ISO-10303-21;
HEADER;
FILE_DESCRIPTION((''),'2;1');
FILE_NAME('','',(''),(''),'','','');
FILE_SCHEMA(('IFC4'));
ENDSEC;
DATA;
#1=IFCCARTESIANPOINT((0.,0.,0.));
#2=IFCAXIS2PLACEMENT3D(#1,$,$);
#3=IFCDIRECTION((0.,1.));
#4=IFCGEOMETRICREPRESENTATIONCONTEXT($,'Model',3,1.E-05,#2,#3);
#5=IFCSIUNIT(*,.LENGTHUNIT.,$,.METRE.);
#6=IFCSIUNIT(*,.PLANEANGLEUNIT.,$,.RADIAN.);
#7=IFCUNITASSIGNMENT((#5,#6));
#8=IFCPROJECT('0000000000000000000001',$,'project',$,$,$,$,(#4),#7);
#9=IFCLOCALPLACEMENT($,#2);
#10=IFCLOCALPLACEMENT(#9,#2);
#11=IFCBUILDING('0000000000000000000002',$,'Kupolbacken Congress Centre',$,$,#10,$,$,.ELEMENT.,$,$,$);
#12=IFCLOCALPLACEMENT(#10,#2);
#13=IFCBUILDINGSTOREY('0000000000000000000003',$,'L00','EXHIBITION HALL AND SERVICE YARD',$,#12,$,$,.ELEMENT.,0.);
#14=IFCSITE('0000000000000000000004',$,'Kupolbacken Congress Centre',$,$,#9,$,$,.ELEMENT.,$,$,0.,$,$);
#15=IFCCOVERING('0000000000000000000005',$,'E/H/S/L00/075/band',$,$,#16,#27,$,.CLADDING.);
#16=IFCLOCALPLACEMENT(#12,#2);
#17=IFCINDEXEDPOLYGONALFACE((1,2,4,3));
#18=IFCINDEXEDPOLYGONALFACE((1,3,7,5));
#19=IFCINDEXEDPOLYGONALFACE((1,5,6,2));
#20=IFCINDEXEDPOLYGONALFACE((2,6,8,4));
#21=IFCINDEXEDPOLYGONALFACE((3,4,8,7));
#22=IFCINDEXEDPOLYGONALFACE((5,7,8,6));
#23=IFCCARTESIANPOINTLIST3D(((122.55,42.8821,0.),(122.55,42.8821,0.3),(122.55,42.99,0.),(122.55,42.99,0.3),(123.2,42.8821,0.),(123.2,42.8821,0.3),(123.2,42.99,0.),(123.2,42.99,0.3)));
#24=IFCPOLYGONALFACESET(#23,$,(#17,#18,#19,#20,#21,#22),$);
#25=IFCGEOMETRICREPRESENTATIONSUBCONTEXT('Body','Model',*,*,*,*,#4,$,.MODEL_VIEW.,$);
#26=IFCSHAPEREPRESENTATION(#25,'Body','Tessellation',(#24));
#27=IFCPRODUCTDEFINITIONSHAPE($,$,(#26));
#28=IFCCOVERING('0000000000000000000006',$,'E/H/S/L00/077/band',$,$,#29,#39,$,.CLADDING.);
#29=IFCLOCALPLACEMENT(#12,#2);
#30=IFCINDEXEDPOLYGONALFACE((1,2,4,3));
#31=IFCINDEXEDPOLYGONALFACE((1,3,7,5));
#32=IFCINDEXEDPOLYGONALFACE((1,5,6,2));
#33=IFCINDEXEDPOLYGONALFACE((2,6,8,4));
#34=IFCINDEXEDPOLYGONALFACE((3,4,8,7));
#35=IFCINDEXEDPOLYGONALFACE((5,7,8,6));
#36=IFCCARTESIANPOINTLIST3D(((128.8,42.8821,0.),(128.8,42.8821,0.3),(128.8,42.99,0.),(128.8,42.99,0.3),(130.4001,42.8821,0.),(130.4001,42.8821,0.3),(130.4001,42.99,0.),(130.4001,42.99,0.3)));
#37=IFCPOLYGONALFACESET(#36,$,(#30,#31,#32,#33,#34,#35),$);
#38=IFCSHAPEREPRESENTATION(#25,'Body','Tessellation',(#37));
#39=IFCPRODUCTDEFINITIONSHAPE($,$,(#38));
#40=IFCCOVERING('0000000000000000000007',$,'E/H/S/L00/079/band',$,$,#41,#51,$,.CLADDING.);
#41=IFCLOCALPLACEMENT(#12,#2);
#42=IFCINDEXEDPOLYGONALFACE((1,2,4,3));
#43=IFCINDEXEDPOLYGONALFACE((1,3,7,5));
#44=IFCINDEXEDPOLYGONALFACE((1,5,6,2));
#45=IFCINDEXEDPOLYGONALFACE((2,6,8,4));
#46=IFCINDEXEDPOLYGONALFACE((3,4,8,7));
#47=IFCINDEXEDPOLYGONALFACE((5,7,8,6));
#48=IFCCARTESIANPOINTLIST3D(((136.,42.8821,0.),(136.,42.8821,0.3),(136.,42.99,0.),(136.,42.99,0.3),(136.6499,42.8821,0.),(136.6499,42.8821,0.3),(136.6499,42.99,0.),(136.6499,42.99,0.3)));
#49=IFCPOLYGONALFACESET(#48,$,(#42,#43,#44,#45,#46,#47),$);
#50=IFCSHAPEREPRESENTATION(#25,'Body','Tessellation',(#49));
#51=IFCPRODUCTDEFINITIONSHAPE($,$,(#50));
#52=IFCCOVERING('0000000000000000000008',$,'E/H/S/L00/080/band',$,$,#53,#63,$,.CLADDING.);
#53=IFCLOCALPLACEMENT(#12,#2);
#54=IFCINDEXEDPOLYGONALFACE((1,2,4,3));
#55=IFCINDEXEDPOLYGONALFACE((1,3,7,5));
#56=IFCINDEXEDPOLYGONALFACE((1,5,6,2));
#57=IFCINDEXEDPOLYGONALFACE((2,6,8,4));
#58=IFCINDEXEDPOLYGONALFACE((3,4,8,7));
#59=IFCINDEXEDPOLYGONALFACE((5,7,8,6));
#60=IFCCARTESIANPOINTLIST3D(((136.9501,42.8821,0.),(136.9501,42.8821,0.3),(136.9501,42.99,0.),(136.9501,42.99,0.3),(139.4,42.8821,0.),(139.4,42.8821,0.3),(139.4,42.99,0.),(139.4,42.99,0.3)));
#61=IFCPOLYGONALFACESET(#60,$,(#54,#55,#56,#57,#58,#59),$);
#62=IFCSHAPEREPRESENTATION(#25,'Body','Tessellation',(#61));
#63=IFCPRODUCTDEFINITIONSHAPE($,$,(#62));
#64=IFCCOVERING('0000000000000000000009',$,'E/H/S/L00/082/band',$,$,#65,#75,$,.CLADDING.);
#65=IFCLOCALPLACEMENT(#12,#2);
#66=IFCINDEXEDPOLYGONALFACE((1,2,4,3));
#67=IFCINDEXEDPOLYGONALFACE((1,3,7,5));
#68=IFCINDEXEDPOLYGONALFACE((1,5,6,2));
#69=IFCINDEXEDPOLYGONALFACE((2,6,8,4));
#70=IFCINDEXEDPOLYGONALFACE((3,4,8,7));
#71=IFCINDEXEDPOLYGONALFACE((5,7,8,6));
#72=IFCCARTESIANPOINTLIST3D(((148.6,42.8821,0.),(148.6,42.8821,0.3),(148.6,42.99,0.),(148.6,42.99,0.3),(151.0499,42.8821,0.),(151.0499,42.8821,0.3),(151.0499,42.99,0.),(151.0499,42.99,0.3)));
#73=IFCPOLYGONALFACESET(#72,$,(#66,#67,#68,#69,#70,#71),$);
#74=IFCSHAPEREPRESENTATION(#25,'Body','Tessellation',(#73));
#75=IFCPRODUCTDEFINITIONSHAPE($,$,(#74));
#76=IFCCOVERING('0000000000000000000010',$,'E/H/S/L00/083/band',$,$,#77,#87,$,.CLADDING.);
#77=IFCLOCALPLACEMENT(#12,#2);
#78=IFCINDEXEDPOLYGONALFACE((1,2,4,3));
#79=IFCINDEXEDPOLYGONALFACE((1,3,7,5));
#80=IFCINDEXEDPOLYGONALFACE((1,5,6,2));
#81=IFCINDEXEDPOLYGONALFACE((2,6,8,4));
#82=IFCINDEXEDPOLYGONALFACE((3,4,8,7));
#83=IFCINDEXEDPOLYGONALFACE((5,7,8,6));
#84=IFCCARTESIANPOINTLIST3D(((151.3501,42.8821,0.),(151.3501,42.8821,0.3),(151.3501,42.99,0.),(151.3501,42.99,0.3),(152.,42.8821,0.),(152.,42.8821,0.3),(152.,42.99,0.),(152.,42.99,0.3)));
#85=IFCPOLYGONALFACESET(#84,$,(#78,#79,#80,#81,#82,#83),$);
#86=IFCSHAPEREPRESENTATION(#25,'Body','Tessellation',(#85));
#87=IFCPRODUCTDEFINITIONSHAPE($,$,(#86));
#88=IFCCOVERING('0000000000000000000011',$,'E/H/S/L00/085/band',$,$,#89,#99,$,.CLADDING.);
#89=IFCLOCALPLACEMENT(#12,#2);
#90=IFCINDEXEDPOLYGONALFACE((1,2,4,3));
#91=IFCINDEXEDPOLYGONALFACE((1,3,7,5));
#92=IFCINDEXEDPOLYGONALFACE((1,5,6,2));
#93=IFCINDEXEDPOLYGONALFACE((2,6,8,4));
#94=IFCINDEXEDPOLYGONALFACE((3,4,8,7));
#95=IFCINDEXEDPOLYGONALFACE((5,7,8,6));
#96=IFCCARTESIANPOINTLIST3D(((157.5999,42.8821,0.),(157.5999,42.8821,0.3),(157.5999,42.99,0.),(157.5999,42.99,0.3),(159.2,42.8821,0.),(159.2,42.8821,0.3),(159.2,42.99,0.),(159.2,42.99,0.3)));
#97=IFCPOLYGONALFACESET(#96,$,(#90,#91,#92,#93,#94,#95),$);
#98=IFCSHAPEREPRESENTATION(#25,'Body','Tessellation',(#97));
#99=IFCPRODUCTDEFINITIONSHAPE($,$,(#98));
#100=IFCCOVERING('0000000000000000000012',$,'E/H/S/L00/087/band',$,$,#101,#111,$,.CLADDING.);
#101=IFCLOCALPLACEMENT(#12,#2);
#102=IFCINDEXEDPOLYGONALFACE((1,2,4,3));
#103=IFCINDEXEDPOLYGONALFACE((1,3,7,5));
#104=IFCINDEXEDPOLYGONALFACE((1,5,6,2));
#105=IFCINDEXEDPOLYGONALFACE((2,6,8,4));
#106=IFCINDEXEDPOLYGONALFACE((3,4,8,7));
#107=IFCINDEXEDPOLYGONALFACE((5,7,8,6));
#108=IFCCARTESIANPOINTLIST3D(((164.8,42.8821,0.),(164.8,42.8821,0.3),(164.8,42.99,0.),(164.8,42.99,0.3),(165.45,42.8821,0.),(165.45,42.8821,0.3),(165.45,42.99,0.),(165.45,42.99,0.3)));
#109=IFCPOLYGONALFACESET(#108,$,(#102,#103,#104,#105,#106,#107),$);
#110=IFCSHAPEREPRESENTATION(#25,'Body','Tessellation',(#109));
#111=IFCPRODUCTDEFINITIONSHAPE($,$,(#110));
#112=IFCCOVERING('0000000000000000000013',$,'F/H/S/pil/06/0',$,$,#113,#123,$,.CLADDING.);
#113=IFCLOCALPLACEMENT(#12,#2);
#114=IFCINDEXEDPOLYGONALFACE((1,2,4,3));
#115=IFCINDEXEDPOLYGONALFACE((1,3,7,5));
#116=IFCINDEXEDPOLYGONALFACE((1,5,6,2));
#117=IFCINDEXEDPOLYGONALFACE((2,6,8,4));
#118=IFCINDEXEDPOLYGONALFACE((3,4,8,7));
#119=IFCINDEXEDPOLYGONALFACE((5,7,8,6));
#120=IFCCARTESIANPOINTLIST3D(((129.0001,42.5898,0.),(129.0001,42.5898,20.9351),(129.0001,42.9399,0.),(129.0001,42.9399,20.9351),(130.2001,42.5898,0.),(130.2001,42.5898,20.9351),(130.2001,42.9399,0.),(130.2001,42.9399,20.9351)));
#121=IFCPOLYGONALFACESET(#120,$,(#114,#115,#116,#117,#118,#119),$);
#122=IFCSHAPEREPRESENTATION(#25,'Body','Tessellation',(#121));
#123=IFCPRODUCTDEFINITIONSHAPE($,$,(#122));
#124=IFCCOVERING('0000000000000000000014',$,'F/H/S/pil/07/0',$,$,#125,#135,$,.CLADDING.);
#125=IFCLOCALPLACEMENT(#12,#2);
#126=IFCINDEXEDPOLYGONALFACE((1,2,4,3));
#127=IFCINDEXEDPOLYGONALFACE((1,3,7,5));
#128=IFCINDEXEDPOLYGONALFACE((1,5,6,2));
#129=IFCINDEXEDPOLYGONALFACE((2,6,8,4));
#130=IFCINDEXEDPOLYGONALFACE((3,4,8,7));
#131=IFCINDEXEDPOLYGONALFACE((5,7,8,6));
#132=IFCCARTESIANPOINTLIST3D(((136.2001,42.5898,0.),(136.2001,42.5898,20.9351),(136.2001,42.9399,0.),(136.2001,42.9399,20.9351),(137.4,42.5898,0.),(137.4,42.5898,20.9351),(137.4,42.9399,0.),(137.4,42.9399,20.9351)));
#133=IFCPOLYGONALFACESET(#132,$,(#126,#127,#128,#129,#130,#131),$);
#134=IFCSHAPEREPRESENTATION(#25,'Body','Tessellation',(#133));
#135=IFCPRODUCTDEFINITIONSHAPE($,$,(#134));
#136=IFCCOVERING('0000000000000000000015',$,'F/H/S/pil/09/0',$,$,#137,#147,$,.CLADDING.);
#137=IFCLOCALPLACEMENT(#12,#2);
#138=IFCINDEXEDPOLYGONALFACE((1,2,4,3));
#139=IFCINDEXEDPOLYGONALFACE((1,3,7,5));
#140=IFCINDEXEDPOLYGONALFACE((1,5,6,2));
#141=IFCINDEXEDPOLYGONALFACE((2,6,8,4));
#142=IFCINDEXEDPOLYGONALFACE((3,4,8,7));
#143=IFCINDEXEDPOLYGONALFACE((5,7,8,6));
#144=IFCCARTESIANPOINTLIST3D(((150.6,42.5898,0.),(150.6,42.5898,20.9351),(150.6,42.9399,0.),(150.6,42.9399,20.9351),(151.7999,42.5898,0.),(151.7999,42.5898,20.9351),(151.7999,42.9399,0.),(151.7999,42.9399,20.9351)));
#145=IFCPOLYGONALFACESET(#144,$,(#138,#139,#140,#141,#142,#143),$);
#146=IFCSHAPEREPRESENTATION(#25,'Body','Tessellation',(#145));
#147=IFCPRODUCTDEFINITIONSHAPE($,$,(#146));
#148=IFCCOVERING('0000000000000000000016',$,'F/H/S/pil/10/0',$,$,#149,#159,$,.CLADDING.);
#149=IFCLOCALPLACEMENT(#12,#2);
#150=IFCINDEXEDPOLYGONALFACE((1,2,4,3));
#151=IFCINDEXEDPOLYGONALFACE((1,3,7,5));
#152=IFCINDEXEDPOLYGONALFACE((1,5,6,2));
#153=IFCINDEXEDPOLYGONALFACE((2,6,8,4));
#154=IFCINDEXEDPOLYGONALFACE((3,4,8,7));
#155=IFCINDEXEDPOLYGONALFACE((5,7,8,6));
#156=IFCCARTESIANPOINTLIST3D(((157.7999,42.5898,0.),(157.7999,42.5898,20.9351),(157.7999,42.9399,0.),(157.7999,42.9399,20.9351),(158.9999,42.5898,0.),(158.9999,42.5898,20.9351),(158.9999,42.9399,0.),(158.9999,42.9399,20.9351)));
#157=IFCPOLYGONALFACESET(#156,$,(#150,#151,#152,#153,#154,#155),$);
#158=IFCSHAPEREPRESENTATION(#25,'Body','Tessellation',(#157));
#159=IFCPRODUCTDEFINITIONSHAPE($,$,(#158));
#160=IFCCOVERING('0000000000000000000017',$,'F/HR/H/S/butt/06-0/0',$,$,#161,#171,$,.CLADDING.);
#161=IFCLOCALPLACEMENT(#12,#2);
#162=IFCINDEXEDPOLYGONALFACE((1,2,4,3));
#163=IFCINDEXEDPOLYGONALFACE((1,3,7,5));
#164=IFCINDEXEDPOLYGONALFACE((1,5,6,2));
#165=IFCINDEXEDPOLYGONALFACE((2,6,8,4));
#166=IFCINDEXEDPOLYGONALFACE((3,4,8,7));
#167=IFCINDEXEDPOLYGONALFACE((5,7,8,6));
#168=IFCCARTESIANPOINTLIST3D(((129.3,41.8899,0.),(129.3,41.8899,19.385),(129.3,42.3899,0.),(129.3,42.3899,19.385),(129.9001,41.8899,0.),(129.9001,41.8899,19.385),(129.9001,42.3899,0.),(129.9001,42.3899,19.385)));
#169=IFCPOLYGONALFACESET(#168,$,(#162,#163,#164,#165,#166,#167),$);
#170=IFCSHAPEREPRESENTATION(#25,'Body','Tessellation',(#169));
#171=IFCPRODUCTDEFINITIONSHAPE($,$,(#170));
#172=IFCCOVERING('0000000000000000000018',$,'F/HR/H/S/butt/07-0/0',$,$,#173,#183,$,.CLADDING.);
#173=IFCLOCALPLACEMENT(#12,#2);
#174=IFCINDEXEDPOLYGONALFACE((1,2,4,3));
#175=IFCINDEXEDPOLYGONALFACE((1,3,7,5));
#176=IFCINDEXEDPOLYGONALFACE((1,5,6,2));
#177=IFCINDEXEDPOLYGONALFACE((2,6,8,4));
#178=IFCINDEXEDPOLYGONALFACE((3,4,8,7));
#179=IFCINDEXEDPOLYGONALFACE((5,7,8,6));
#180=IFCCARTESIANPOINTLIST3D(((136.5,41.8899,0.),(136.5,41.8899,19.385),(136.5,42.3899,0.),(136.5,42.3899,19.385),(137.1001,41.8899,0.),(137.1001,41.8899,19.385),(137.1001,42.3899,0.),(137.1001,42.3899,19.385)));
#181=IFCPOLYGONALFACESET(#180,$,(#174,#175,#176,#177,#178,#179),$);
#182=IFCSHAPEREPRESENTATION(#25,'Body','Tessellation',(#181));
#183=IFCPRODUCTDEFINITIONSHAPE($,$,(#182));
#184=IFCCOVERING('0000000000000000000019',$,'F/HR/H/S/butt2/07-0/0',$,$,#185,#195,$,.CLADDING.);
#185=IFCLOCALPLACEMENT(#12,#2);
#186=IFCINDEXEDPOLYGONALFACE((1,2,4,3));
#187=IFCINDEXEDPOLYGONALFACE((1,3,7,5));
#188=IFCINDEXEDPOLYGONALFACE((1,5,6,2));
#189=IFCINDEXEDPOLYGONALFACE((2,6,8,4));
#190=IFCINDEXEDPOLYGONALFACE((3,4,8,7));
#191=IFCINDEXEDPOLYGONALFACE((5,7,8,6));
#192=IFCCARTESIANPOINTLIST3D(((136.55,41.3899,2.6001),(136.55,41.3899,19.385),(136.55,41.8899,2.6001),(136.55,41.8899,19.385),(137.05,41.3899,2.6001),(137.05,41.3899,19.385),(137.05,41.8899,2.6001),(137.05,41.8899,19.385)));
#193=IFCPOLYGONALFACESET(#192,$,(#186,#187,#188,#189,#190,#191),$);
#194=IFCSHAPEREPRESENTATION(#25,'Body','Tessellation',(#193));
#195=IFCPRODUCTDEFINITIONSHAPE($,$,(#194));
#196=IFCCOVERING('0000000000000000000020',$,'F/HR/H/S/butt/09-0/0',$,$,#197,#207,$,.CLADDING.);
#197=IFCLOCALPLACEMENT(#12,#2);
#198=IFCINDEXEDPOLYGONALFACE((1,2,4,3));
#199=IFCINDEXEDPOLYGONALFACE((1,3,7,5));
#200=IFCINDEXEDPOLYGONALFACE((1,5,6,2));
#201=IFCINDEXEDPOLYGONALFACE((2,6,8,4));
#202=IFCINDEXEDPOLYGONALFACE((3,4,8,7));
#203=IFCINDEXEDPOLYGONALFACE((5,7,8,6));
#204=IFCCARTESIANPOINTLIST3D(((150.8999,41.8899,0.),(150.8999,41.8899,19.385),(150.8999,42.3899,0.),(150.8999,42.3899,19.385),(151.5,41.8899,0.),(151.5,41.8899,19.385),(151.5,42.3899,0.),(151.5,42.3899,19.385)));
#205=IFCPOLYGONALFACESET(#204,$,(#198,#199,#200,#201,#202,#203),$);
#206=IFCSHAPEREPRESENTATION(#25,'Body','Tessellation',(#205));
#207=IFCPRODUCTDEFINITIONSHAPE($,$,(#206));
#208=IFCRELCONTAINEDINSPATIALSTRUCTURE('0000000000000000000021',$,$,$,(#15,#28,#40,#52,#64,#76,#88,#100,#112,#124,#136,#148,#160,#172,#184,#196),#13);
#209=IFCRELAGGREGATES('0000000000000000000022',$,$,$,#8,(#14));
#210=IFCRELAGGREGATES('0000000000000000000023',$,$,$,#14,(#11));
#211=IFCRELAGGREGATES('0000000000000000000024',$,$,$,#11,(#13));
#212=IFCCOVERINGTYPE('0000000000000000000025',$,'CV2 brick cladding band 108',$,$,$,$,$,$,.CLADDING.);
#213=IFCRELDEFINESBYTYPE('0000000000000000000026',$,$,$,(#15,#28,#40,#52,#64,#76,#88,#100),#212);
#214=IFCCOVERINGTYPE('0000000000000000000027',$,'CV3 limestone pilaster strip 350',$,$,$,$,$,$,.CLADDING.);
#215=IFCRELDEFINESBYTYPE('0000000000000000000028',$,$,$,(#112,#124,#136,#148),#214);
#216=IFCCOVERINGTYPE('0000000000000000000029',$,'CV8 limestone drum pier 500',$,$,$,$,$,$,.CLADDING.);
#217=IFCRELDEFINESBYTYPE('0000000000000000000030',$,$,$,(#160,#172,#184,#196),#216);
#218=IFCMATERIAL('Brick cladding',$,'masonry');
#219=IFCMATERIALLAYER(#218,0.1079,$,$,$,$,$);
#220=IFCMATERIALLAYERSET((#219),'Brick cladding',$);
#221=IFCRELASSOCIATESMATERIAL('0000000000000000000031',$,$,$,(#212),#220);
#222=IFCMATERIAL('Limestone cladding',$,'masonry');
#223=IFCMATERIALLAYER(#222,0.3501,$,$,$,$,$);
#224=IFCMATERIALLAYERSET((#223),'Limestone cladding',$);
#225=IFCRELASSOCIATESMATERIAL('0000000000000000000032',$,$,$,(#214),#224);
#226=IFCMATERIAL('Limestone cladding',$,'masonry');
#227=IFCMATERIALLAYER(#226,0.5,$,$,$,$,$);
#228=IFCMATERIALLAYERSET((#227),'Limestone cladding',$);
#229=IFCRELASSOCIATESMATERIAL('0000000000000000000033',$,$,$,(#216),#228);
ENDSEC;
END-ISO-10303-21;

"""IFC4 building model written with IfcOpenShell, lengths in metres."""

from ifc_helpers import new_model, si_unit, direction, frame, origin, origin_2d, place, context, subcontext, project, spatial, rectangle, extrude, material, layer, layer_set, type_object, element, save


model = new_model("IFC4")

# Units and contexts
model_context = context("Model", 3, precision=1e-05, world=origin(), true_north=direction((0.0, 1.0)))
body_context = subcontext(model_context, "Body", "Model", "MODEL_VIEW")
ifc_project = project(units=[si_unit("LENGTHUNIT", "METRE"), si_unit("PLANEANGLEUNIT", "RADIAN")], contexts=[model_context])

# Site, building, storey
site_placement = place(None, origin())
site = spatial("IfcSite", under=ifc_project, at=site_placement, Name="Kupolbacken Congress Centre", CompositionType="ELEMENT", RefElevation=0.0)
building_placement = place(site_placement, origin())
building = spatial("IfcBuilding", under=site, at=building_placement, Name="Kupolbacken Congress Centre", CompositionType="ELEMENT")
storey_placement = place(building_placement, origin())
storey = spatial("IfcBuildingStorey", under=building, at=storey_placement, Name="L00", Description="EXHIBITION HALL AND SERVICE YARD", CompositionType="ELEMENT", Elevation=0.0)

# Coverings
ifc_material_1 = material(Name="Brick cladding", Category="masonry")
ifc_layer_1 = layer(ifc_material_1, 0.1079)
ifc_layer_set_1 = layer_set([ifc_layer_1], Name="Brick cladding")
covering_type_1 = type_object("IfcCoveringType", Name="CV2 brick cladding band 108", PredefinedType="CLADDING", material=ifc_layer_set_1)
covering_1_placement = place(storey_placement, frame((122.875, 42.936, 0.0), z_axis=(0.0, 0.0, 1.0), x_axis=(1.0, 0.0, 0.0)))
element("IfcCovering", 1, at=covering_1_placement, inside=storey, type_object=covering_type_1, Name="E/H/S/L00/075/band", PredefinedType="CLADDING", context=body_context, shape_type="SweptSolid", body=[
    extrude(rectangle(XDim=0.6499, YDim=0.1079, at=origin_2d()), origin(), (0.0, 0.0, 1.0), 0.3),
])
covering_2_placement = place(storey_placement, frame((129.6001, 42.936, 0.0), z_axis=(0.0, 0.0, 1.0), x_axis=(1.0, 0.0, 0.0)))
element("IfcCovering", 2, at=covering_2_placement, inside=storey, type_object=covering_type_1, Name="E/H/S/L00/077/band", PredefinedType="CLADDING", context=body_context, shape_type="SweptSolid", body=[
    extrude(rectangle(XDim=1.6001, YDim=0.1079, at=origin_2d()), origin(), (0.0, 0.0, 1.0), 0.3),
])
covering_3_placement = place(storey_placement, frame((136.325, 42.936, 0.0), z_axis=(0.0, 0.0, 1.0), x_axis=(1.0, 0.0, 0.0)))
element("IfcCovering", 3, at=covering_3_placement, inside=storey, type_object=covering_type_1, Name="E/H/S/L00/079/band", PredefinedType="CLADDING", context=body_context, shape_type="SweptSolid", body=[
    extrude(rectangle(XDim=0.6499, YDim=0.1079, at=origin_2d()), origin(), (0.0, 0.0, 1.0), 0.3),
])
for number, where, z_axis, x_axis, name in (
    (4, (138.175, 42.936, 0.0), (0.0, 0.0, 1.0), (1.0, 0.0, 0.0), "E/H/S/L00/080/band"),
    (5, (149.825, 42.936, 0.0), (0.0, 0.0, 1.0), (1.0, 0.0, 0.0), "E/H/S/L00/082/band"),
):
    element("IfcCovering", number, at=place(storey_placement, frame(where, z_axis=z_axis, x_axis=x_axis)), inside=storey, type_object=covering_type_1, Name=name, PredefinedType="CLADDING", context=body_context, shape_type="SweptSolid", body=[
        extrude(rectangle(XDim=2.45, YDim=0.1079, at=origin_2d()), origin(), (0.0, 0.0, 1.0), 0.3),
    ])
covering_4_placement = place(storey_placement, frame((151.675, 42.936, 0.0), z_axis=(0.0, 0.0, 1.0), x_axis=(1.0, 0.0, 0.0)))
element("IfcCovering", 6, at=covering_4_placement, inside=storey, type_object=covering_type_1, Name="E/H/S/L00/083/band", PredefinedType="CLADDING", context=body_context, shape_type="SweptSolid", body=[
    extrude(rectangle(XDim=0.6499, YDim=0.1079, at=origin_2d()), origin(), (0.0, 0.0, 1.0), 0.3),
])
covering_5_placement = place(storey_placement, frame((158.3999, 42.936, 0.0), z_axis=(0.0, 0.0, 1.0), x_axis=(1.0, 0.0, 0.0)))
element("IfcCovering", 7, at=covering_5_placement, inside=storey, type_object=covering_type_1, Name="E/H/S/L00/085/band", PredefinedType="CLADDING", context=body_context, shape_type="SweptSolid", body=[
    extrude(rectangle(XDim=1.6001, YDim=0.1079, at=origin_2d()), origin(), (0.0, 0.0, 1.0), 0.3),
])
covering_6_placement = place(storey_placement, frame((165.125, 42.936, 0.0), z_axis=(0.0, 0.0, 1.0), x_axis=(1.0, 0.0, 0.0)))
element("IfcCovering", 8, at=covering_6_placement, inside=storey, type_object=covering_type_1, Name="E/H/S/L00/087/band", PredefinedType="CLADDING", context=body_context, shape_type="SweptSolid", body=[
    extrude(rectangle(XDim=0.6499, YDim=0.1079, at=origin_2d()), origin(), (0.0, 0.0, 1.0), 0.3),
])
ifc_material_2 = material(Name="Limestone cladding", Category="masonry")
ifc_layer_2 = layer(ifc_material_2, 0.3501)
ifc_layer_set_2 = layer_set([ifc_layer_2], Name="Limestone cladding")
covering_type_2 = type_object("IfcCoveringType", Name="CV3 limestone pilaster strip 350", PredefinedType="CLADDING", material=ifc_layer_set_2)
for number, where, z_axis, x_axis, name in (
    (9, (129.6001, 42.7649, 0.0), (0.0, 0.0, 1.0), (1.0, 0.0, 0.0), "F/H/S/pil/06/0"),
    (10, (136.8, 42.7649, 0.0), (0.0, 0.0, 1.0), (1.0, 0.0, 0.0), "F/H/S/pil/07/0"),
    (11, (151.2, 42.7649, 0.0), (0.0, 0.0, 1.0), (1.0, 0.0, 0.0), "F/H/S/pil/09/0"),
    (12, (158.3999, 42.7649, 0.0), (0.0, 0.0, 1.0), (1.0, 0.0, 0.0), "F/H/S/pil/10/0"),
):
    element("IfcCovering", number, at=place(storey_placement, frame(where, z_axis=z_axis, x_axis=x_axis)), inside=storey, type_object=covering_type_2, Name=name, PredefinedType="CLADDING", context=body_context, shape_type="SweptSolid", body=[
        extrude(rectangle(XDim=1.2, YDim=0.3501, at=origin_2d()), origin(), (0.0, 0.0, 1.0), 20.9351),
    ])
ifc_material_3 = material(Name="Limestone cladding", Category="masonry")
ifc_layer_3 = layer(ifc_material_3, 0.5)
ifc_layer_set_3 = layer_set([ifc_layer_3], Name="Limestone cladding")
covering_type_3 = type_object("IfcCoveringType", Name="CV8 limestone drum pier 500", PredefinedType="CLADDING", material=ifc_layer_set_3)
for number, where, z_axis, x_axis, name in (
    (13, (129.6001, 42.1399, 0.0), (0.0, 0.0, 1.0), (1.0, 0.0, 0.0), "F/HR/H/S/butt/06-0/0"),
    (14, (136.8, 42.1399, 0.0), (0.0, 0.0, 1.0), (1.0, 0.0, 0.0), "F/HR/H/S/butt/07-0/0"),
):
    element("IfcCovering", number, at=place(storey_placement, frame(where, z_axis=z_axis, x_axis=x_axis)), inside=storey, type_object=covering_type_3, Name=name, PredefinedType="CLADDING", context=body_context, shape_type="SweptSolid", body=[
        extrude(rectangle(XDim=0.6001, YDim=0.5, at=origin_2d()), origin(), (0.0, 0.0, 1.0), 19.385),
    ])
covering_7_placement = place(storey_placement, frame((136.8, 41.6399, 2.6001), z_axis=(0.0, 0.0, 1.0), x_axis=(1.0, 0.0, 0.0)))
element("IfcCovering", 15, at=covering_7_placement, inside=storey, type_object=covering_type_3, Name="F/HR/H/S/butt2/07-0/0", PredefinedType="CLADDING", context=body_context, shape_type="SweptSolid", body=[
    extrude(rectangle(XDim=0.5, YDim=0.5, at=origin_2d()), origin(), (0.0, 0.0, 1.0), 16.7849),
])
covering_8_placement = place(storey_placement, frame((151.2, 42.1399, 0.0), z_axis=(0.0, 0.0, 1.0), x_axis=(1.0, 0.0, 0.0)))
element("IfcCovering", 16, at=covering_8_placement, inside=storey, type_object=covering_type_3, Name="F/HR/H/S/butt/09-0/0", PredefinedType="CLADDING", context=body_context, shape_type="SweptSolid", body=[
    extrude(rectangle(XDim=0.6001, YDim=0.5, at=origin_2d()), origin(), (0.0, 0.0, 1.0), 19.385),
])

save(model, "model.ifc")
